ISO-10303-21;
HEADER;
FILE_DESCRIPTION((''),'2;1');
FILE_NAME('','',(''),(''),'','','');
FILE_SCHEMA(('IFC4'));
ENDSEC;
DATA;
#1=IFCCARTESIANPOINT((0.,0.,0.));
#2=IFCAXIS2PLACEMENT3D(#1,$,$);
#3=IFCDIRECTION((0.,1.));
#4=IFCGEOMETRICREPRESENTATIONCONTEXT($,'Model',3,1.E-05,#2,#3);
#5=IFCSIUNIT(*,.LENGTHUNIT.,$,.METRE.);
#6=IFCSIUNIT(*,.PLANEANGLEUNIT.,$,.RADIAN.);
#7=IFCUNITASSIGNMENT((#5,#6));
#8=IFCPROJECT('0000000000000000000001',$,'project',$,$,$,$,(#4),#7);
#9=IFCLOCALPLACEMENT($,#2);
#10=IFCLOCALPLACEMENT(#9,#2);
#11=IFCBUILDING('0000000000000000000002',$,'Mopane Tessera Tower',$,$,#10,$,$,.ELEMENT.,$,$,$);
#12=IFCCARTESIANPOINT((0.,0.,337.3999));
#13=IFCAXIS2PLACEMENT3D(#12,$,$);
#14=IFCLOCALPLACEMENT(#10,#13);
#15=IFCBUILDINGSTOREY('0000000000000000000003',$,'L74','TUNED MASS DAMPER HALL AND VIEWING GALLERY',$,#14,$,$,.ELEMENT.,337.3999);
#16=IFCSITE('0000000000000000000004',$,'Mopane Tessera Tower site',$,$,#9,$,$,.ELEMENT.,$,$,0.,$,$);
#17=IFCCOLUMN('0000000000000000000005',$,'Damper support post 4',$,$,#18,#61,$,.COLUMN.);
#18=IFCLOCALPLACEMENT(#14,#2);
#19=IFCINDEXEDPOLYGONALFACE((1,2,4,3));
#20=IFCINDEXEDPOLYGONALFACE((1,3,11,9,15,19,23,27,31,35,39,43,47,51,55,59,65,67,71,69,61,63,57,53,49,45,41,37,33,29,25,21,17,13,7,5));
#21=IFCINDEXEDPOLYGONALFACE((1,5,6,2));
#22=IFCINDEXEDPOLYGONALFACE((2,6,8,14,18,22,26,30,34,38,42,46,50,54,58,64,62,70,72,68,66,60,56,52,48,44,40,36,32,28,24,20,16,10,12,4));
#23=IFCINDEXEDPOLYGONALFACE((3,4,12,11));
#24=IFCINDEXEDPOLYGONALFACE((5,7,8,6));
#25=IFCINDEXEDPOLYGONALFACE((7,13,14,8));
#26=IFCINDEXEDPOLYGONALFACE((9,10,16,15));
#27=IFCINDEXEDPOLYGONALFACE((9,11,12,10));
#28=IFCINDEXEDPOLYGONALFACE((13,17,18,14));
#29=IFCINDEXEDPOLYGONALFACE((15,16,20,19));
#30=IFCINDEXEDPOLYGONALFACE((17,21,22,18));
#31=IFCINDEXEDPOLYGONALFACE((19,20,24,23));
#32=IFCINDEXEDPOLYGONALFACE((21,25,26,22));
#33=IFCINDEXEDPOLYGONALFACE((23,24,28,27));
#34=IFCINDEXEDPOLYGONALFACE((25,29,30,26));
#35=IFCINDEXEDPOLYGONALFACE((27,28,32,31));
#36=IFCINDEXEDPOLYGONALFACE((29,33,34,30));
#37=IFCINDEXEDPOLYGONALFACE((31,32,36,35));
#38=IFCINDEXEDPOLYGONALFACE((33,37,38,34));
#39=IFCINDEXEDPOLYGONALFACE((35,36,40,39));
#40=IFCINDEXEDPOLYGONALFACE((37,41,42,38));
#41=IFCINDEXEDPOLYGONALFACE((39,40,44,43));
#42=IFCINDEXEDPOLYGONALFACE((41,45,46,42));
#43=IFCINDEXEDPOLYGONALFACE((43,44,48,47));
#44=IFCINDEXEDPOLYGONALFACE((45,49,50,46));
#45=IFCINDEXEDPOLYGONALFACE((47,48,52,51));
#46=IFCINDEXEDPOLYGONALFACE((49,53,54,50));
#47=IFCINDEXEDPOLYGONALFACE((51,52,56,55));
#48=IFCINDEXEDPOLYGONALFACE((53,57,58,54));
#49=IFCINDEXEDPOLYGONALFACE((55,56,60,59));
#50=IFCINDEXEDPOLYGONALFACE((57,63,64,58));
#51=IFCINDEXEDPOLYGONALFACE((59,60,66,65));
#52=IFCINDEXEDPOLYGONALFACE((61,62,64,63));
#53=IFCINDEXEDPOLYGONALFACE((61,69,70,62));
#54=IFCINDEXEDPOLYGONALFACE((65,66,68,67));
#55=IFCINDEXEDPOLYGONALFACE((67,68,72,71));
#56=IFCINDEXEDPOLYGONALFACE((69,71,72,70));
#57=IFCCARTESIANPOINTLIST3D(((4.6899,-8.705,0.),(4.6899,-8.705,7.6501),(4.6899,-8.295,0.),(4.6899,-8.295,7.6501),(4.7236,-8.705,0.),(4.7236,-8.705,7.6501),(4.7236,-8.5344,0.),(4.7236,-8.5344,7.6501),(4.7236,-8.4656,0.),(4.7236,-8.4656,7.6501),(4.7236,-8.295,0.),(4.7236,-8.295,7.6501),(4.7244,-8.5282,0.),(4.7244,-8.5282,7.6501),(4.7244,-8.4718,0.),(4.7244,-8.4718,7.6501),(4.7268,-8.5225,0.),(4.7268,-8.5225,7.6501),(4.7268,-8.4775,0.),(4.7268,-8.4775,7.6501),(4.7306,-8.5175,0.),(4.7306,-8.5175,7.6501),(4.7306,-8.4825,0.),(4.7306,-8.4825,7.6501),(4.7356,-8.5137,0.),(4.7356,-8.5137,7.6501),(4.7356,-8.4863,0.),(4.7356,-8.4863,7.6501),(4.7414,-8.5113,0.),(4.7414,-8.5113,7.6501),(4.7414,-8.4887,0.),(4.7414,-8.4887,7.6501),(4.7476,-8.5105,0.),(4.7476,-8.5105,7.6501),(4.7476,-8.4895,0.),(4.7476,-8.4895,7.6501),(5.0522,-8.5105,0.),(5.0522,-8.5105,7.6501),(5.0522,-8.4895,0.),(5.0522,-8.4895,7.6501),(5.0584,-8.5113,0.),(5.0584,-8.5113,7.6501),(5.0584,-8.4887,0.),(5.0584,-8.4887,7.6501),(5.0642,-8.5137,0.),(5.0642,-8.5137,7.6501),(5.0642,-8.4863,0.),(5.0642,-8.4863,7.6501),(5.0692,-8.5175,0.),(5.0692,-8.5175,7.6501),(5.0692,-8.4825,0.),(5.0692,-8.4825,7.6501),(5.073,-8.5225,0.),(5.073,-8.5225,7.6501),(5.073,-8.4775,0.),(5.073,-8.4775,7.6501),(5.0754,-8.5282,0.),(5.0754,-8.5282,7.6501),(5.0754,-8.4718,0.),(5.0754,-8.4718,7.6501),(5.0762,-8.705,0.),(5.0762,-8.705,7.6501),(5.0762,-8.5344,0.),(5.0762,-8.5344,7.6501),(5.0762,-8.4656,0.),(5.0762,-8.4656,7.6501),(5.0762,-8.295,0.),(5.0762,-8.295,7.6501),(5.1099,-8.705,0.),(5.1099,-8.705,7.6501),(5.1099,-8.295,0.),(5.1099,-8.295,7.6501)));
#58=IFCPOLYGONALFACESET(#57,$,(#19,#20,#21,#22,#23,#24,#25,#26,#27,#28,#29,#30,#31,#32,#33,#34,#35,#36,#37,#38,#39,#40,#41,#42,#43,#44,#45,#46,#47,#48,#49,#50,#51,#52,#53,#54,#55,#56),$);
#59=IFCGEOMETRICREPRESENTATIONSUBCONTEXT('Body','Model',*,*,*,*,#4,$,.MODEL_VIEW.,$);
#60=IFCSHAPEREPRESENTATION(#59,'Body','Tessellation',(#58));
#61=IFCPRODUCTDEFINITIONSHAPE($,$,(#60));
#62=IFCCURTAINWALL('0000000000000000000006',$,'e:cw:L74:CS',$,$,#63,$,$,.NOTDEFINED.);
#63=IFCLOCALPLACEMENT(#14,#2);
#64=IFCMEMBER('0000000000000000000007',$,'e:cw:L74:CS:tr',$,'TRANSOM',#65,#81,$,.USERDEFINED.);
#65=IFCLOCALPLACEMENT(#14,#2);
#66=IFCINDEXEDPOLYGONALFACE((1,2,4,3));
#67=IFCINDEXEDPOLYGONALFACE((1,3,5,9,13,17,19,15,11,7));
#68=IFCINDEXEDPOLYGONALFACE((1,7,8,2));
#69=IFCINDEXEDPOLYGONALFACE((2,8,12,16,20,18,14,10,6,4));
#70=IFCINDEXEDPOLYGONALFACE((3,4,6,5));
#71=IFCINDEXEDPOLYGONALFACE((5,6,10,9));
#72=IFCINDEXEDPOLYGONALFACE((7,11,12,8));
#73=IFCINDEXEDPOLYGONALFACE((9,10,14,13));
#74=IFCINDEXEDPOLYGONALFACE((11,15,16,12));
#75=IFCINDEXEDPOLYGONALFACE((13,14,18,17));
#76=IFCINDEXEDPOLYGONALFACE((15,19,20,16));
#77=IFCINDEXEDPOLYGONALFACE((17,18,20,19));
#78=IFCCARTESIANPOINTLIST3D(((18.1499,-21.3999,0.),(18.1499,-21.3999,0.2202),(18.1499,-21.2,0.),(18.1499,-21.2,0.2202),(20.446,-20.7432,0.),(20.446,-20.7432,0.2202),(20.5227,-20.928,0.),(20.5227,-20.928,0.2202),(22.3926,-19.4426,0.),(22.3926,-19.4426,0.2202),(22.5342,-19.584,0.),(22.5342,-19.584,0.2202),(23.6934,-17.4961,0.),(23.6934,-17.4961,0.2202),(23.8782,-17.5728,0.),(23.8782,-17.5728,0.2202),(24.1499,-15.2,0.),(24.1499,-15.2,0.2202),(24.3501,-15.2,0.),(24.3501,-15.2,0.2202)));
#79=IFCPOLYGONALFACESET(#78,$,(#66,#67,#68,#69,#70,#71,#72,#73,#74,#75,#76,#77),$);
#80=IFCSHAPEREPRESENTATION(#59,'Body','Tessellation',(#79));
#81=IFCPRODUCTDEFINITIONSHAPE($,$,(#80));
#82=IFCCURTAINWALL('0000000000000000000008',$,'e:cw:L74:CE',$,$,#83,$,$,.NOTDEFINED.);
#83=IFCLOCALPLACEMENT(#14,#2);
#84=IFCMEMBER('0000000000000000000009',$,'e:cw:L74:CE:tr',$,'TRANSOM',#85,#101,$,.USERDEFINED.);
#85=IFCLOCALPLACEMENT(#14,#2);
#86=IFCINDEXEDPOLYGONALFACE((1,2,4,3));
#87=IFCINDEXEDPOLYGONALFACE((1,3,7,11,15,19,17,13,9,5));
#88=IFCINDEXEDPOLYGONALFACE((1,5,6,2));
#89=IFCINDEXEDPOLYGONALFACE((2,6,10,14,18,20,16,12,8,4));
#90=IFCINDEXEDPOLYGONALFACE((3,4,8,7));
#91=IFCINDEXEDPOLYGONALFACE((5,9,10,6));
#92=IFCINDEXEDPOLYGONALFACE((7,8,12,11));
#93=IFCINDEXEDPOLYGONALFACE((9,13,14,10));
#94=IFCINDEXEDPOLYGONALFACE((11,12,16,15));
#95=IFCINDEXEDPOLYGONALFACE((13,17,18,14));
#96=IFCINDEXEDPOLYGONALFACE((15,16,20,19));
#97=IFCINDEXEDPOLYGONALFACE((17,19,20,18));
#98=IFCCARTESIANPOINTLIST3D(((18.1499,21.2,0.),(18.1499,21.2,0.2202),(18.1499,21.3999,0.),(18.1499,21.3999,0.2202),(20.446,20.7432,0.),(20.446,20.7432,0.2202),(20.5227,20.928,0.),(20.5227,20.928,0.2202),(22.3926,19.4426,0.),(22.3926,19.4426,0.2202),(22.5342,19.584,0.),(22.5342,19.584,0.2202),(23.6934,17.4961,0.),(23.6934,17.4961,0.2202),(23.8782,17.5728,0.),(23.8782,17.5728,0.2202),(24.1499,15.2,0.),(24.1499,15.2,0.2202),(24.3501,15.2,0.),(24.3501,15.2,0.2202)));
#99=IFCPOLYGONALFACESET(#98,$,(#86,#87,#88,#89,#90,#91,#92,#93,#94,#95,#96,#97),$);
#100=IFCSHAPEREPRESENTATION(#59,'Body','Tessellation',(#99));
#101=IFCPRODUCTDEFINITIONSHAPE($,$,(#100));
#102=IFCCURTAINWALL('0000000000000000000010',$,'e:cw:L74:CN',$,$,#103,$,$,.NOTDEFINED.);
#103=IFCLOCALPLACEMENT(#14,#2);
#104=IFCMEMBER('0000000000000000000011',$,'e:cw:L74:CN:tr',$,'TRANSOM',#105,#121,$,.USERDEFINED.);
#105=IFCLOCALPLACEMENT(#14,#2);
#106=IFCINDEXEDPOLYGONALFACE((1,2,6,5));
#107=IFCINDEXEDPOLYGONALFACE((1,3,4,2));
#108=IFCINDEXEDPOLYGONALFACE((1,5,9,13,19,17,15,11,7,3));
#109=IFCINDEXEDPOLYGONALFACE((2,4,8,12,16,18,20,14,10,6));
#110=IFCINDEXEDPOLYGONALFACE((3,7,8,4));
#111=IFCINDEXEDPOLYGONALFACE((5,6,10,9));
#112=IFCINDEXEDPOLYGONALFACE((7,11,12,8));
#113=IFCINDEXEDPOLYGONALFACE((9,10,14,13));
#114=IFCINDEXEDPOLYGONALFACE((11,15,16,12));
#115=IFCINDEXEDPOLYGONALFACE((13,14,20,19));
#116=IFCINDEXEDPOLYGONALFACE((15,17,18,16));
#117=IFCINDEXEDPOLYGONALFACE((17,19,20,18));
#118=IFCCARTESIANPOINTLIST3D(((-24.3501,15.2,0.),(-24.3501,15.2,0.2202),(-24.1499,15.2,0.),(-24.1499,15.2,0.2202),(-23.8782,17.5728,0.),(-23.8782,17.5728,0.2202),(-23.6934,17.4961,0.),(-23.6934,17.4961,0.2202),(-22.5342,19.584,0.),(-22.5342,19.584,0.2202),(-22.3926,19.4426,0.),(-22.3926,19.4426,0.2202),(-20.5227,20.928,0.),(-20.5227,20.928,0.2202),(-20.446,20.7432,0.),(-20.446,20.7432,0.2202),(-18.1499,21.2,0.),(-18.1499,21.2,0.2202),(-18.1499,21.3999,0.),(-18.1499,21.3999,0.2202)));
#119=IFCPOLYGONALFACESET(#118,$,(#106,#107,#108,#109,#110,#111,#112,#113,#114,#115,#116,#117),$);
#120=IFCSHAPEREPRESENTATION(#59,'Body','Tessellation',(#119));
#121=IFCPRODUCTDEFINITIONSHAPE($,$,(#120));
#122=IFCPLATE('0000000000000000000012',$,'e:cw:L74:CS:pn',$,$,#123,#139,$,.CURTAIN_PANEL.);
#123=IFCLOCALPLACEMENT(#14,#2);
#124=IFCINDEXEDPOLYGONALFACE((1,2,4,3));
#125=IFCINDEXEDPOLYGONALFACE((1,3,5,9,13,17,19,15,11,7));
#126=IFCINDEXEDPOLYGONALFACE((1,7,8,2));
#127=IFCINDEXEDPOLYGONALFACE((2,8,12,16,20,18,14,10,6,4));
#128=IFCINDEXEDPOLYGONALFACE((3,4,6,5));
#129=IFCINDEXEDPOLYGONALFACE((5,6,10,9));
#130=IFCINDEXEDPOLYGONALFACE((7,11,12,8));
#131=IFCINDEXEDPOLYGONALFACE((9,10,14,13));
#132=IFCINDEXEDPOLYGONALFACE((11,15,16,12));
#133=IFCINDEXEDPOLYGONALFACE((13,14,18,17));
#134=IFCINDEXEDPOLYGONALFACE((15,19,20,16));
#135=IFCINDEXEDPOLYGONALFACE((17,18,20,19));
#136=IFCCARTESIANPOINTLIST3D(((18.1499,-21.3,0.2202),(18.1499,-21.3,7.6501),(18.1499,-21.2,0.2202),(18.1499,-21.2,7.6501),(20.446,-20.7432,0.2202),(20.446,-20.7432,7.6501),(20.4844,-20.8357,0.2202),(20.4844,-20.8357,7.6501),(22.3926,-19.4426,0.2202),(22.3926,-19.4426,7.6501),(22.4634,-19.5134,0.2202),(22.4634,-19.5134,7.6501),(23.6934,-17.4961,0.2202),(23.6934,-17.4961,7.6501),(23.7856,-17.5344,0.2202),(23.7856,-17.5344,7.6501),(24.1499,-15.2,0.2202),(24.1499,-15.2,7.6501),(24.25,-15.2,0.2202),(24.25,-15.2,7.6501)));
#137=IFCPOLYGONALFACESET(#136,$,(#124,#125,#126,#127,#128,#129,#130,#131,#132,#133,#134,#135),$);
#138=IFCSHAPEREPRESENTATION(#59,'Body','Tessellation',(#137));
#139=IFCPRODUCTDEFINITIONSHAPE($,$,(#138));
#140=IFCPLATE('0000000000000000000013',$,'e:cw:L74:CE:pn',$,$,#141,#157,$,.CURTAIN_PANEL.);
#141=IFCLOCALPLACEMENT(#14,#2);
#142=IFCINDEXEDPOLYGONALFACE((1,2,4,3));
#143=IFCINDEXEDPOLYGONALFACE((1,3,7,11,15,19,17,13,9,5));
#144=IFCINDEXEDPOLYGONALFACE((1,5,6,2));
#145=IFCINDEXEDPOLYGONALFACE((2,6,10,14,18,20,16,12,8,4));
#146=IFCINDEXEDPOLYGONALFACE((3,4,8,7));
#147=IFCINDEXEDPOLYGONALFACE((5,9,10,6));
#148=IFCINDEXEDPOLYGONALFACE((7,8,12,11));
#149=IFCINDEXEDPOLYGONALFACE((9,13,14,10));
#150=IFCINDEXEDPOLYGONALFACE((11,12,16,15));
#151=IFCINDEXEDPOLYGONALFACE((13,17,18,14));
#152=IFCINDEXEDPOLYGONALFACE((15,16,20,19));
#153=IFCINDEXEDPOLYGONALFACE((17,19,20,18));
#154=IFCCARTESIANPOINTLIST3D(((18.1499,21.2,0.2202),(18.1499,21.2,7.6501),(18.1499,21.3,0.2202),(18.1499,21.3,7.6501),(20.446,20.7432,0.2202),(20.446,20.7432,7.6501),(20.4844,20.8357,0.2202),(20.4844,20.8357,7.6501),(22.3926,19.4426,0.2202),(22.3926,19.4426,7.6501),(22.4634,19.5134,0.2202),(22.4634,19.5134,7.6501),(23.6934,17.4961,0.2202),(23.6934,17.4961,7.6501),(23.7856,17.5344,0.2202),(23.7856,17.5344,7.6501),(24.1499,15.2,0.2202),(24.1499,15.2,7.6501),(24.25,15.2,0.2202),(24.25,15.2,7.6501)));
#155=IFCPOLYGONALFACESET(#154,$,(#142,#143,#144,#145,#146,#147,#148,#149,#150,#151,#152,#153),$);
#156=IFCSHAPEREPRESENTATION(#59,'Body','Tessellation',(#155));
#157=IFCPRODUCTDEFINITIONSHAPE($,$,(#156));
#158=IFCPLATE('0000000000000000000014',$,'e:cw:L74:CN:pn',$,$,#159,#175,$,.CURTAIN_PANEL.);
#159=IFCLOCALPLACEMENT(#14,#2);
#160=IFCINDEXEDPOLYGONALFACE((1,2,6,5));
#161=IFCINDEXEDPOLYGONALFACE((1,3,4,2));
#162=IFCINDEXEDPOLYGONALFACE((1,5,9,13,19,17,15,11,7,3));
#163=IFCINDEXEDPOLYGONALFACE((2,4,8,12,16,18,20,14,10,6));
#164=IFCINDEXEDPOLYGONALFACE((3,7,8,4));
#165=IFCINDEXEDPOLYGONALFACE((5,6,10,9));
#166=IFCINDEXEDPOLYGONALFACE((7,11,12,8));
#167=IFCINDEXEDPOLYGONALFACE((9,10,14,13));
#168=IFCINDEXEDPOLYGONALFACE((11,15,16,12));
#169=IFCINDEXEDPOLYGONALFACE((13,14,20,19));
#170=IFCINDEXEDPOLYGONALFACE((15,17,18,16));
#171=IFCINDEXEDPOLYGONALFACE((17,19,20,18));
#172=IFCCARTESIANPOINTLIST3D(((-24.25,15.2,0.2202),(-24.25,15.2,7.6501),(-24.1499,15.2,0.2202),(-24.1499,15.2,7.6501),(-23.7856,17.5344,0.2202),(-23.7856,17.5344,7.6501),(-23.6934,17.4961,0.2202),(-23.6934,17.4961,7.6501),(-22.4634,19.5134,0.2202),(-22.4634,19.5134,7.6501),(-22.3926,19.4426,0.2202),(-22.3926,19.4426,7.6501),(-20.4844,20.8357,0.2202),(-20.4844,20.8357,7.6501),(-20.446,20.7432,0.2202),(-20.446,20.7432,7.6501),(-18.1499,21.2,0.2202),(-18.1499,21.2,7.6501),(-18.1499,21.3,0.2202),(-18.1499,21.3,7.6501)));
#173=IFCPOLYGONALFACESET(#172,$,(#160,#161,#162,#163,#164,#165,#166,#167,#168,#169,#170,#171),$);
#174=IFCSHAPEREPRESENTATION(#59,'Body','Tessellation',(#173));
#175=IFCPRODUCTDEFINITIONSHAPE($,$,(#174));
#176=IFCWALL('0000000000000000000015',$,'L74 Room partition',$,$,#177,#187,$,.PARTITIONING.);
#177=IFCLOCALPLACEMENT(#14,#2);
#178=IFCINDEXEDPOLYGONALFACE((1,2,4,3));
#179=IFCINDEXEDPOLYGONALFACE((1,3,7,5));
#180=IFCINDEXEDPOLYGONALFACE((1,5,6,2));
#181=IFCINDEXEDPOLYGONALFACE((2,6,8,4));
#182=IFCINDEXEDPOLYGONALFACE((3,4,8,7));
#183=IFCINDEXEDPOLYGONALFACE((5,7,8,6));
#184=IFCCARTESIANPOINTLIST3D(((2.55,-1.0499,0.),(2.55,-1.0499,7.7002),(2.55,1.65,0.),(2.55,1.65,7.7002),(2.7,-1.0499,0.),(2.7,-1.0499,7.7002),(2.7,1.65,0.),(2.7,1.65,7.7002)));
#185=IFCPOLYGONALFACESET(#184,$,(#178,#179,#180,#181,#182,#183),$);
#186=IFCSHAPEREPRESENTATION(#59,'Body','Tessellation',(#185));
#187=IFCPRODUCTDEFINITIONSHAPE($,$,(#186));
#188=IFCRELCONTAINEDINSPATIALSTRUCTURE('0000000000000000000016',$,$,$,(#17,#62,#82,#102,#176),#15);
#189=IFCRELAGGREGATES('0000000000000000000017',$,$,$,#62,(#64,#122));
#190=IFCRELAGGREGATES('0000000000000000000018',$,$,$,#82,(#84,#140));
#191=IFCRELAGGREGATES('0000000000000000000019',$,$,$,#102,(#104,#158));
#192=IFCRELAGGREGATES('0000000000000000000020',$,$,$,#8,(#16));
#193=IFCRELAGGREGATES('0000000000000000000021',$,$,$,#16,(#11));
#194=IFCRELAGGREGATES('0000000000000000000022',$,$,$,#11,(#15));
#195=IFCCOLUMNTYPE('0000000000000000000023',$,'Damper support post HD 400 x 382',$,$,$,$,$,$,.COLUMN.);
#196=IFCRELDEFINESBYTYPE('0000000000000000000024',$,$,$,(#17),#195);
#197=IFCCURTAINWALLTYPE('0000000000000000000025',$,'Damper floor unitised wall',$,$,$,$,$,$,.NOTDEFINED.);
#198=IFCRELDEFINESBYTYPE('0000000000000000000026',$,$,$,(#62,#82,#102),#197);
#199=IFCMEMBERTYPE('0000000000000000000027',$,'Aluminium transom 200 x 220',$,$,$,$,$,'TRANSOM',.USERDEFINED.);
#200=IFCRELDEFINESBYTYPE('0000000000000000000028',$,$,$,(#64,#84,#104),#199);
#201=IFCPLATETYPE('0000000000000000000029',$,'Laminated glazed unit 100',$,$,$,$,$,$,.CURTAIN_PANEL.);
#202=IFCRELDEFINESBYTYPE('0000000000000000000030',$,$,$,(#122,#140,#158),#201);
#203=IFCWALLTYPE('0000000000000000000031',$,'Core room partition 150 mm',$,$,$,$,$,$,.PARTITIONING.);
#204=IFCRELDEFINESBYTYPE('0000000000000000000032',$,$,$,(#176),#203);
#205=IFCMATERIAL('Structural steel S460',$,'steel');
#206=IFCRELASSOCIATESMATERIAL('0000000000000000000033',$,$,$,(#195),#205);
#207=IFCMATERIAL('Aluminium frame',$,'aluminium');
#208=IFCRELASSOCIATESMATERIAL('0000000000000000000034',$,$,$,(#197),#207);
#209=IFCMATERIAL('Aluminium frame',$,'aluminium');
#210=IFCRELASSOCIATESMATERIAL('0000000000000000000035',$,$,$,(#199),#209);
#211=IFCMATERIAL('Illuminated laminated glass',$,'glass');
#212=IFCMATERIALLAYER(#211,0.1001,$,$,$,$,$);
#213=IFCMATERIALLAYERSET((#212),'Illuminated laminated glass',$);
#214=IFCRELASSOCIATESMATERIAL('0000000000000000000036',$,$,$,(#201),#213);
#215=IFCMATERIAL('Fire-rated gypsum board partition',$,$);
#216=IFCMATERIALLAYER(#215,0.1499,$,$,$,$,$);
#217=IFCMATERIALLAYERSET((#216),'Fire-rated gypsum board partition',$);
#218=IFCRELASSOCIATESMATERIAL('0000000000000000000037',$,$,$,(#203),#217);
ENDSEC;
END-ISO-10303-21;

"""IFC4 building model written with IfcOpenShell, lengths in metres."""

from ifc_helpers import new_model, si_unit, direction, frame, frame_2d, origin, origin_2d, place, context, subcontext, project, spatial, polyline, rectangle, i_section, outline, extrude, material, layer, layer_set, material_profile, profile_set, type_object, element, aggregate, save


model = new_model("IFC4")

# Units and contexts
model_context = context("Model", 3, precision=1e-05, world=origin(), true_north=direction((0.0, 1.0)))
body_context = subcontext(model_context, "Body", "Model", "MODEL_VIEW")
ifc_project = project(units=[si_unit("LENGTHUNIT", "METRE"), si_unit("PLANEANGLEUNIT", "RADIAN")], contexts=[model_context])

# Site, building, storey
site_placement = place(None, origin())
site = spatial("IfcSite", under=ifc_project, at=site_placement, Name="Mopane Tessera Tower site", CompositionType="ELEMENT", RefElevation=0.0)
building_placement = place(site_placement, origin())
building = spatial("IfcBuilding", under=site, at=building_placement, Name="Mopane Tessera Tower", CompositionType="ELEMENT")
storey_placement = place(building_placement, frame((0.0, 0.0, 337.3999)))
storey = spatial("IfcBuildingStorey", under=building, at=storey_placement, Name="L74", Description="TUNED MASS DAMPER HALL AND VIEWING GALLERY", CompositionType="ELEMENT", Elevation=337.3999)

# Column
ifc_material_1 = material(Name="Structural steel S460", Category="steel")
ifc_material_profile_1 = material_profile(ifc_material_1, i_section(OverallWidth=0.4099, OverallDepth=0.4199, WebThickness=0.021, FlangeThickness=0.0337, FilletRadius=0.0239, at=origin_2d()))
ifc_profile_set_1 = profile_set([ifc_material_profile_1], Name="Structural steel S460")
column_type = type_object("IfcColumnType", Name="Damper support post HD 400 x 382", PredefinedType="COLUMN", material=ifc_profile_set_1)
column_placement = place(storey_placement, frame((4.8999, -8.5, 0.0), z_axis=(0.0, 0.0, 1.0), x_axis=(0.0, 1.0, 0.0)))
element("IfcColumn", 1, at=column_placement, inside=storey, type_object=column_type, Name="Damper support post 4", PredefinedType="COLUMN", context=body_context, shape_type="SweptSolid", body=[
    extrude(i_section(OverallWidth=0.4099, OverallDepth=0.4199, WebThickness=0.021, FlangeThickness=0.0337, FilletRadius=0.0239, at=origin_2d()), origin(), (0.0, 0.0, 1.0), 7.6501),
])

# Curtain walls, members
ifc_material_2 = material(Name="Aluminium frame", Category="aluminium")
curtain_wall_type = type_object("IfcCurtainWallType", Name="Damper floor unitised wall", PredefinedType="NOTDEFINED", material=ifc_material_2)
curtain_wall_1_placement = place(storey_placement, origin())
curtain_wall_1 = element("IfcCurtainWall", 2, at=curtain_wall_1_placement, inside=storey, type_object=curtain_wall_type, Name="e:cw:L74:CS", PredefinedType="NOTDEFINED")
ifc_material_3 = material(Name="Aluminium frame", Category="aluminium")
ifc_material_profile_2 = material_profile(ifc_material_3, rectangle(XDim=0.2, YDim=0.22, at=origin_2d()))
ifc_profile_set_2 = profile_set([ifc_material_profile_2], Name="Aluminium frame")
member_type = type_object("IfcMemberType", Name="Aluminium transom 200 x 220", ElementType="TRANSOM", PredefinedType="USERDEFINED", material=ifc_profile_set_2)
member_1_placement = place(storey_placement, origin())
member_1 = element("IfcMember", 3, at=member_1_placement, type_object=member_type, Name="e:cw:L74:CS:tr", ObjectType="TRANSOM", PredefinedType="USERDEFINED", context=body_context, shape_type="SweptSolid", body=[
    extrude(outline(polyline([(18.1499, -21.2), (20.446, -20.7432), (22.3926, -19.4426), (23.6934, -17.4961), (24.1499, -15.2), (24.3501, -15.2), (23.8782, -17.5728), (22.5342, -19.584), (20.5227, -20.928), (18.1499, -21.3999), (18.1499, -21.2)])), origin(), (0.0, 0.0, 1.0), 0.2202),
])
curtain_wall_2_placement = place(storey_placement, origin())
curtain_wall_2 = element("IfcCurtainWall", 4, at=curtain_wall_2_placement, inside=storey, type_object=curtain_wall_type, Name="e:cw:L74:CE", PredefinedType="NOTDEFINED")
member_2_placement = place(storey_placement, origin())
member_2 = element("IfcMember", 5, at=member_2_placement, type_object=member_type, Name="e:cw:L74:CE:tr", ObjectType="TRANSOM", PredefinedType="USERDEFINED", context=body_context, shape_type="SweptSolid", body=[
    extrude(outline(polyline([(24.1499, 15.2), (23.6934, 17.4961), (22.3926, 19.4426), (20.446, 20.7432), (18.1499, 21.2), (18.1499, 21.3999), (20.5227, 20.928), (22.5342, 19.584), (23.8782, 17.5728), (24.3501, 15.2), (24.1499, 15.2)])), origin(), (0.0, 0.0, 1.0), 0.2202),
])
curtain_wall_3_placement = place(storey_placement, origin())
curtain_wall_3 = element("IfcCurtainWall", 6, at=curtain_wall_3_placement, inside=storey, type_object=curtain_wall_type, Name="e:cw:L74:CN", PredefinedType="NOTDEFINED")
member_3_placement = place(storey_placement, origin())
member_3 = element("IfcMember", 7, at=member_3_placement, type_object=member_type, Name="e:cw:L74:CN:tr", ObjectType="TRANSOM", PredefinedType="USERDEFINED", context=body_context, shape_type="SweptSolid", body=[
    extrude(outline(polyline([(-18.1499, 21.2), (-20.446, 20.7432), (-22.3926, 19.4426), (-23.6934, 17.4961), (-24.1499, 15.2), (-24.3501, 15.2), (-23.8782, 17.5728), (-22.5342, 19.584), (-20.5227, 20.928), (-18.1499, 21.3999), (-18.1499, 21.2)])), origin(), (0.0, 0.0, 1.0), 0.2202),
])

# Plates
ifc_material_4 = material(Name="Illuminated laminated glass", Category="glass")
ifc_layer_1 = layer(ifc_material_4, 0.1001)
ifc_layer_set_1 = layer_set([ifc_layer_1], Name="Illuminated laminated glass")
plate_type = type_object("IfcPlateType", Name="Laminated glazed unit 100", PredefinedType="CURTAIN_PANEL", material=ifc_layer_set_1)
plate_1_placement = place(storey_placement, frame((0.0, 0.0, 0.2202)))
plate_1 = element("IfcPlate", 8, at=plate_1_placement, type_object=plate_type, Name="e:cw:L74:CS:pn", PredefinedType="CURTAIN_PANEL", context=body_context, shape_type="SweptSolid", body=[
    extrude(outline(polyline([(18.1499, -21.2), (20.446, -20.7432), (22.3926, -19.4426), (23.6934, -17.4961), (24.1499, -15.2), (24.25, -15.2), (23.7856, -17.5344), (22.4634, -19.5134), (20.4844, -20.8357), (18.1499, -21.3), (18.1499, -21.2)])), origin(), (0.0, 0.0, 1.0), 7.4299),
])
aggregate(curtain_wall_1, [member_1, plate_1])
plate_2_placement = place(storey_placement, frame((0.0, 0.0, 0.2202)))
plate_2 = element("IfcPlate", 9, at=plate_2_placement, type_object=plate_type, Name="e:cw:L74:CE:pn", PredefinedType="CURTAIN_PANEL", context=body_context, shape_type="SweptSolid", body=[
    extrude(outline(polyline([(24.1499, 15.2), (23.6934, 17.4961), (22.3926, 19.4426), (20.446, 20.7432), (18.1499, 21.2), (18.1499, 21.3), (20.4844, 20.8357), (22.4634, 19.5134), (23.7856, 17.5344), (24.25, 15.2), (24.1499, 15.2)])), origin(), (0.0, 0.0, 1.0), 7.4299),
])
aggregate(curtain_wall_2, [member_2, plate_2])
plate_3_placement = place(storey_placement, frame((0.0, 0.0, 0.2202)))
plate_3 = element("IfcPlate", 10, at=plate_3_placement, type_object=plate_type, Name="e:cw:L74:CN:pn", PredefinedType="CURTAIN_PANEL", context=body_context, shape_type="SweptSolid", body=[
    extrude(outline(polyline([(-18.1499, 21.2), (-20.446, 20.7432), (-22.3926, 19.4426), (-23.6934, 17.4961), (-24.1499, 15.2), (-24.25, 15.2), (-23.7856, 17.5344), (-22.4634, 19.5134), (-20.4844, 20.8357), (-18.1499, 21.3), (-18.1499, 21.2)])), origin(), (0.0, 0.0, 1.0), 7.4299),
])
aggregate(curtain_wall_3, [member_3, plate_3])

# Wall
ifc_material_5 = material(Name="Fire-rated gypsum board partition")
ifc_layer_2 = layer(ifc_material_5, 0.1499)
ifc_layer_set_2 = layer_set([ifc_layer_2], Name="Fire-rated gypsum board partition")
wall_type_1 = type_object("IfcWallType", Name="Core room partition 150 mm", PredefinedType="PARTITIONING", material=ifc_layer_set_2)
for number, where, z_axis, x_axis, name in (
    (11, (2.625, -1.05, 0.0), (0.0, 0.0, 1.0), (0.0, 1.0, 0.0), "L74 Room partition"),
):
    element("IfcWall", number, at=place(storey_placement, frame(where, z_axis=z_axis, x_axis=x_axis)), inside=storey, type_object=wall_type_1, Name=name, PredefinedType="PARTITIONING", context=body_context, shape_type="SweptSolid", body=[
        extrude(rectangle(XDim=2.7, YDim=0.1499, at=frame_2d((1.3501, 0.0))), origin(), (0.0, 0.0, 1.0), 7.7002),
    ])

save(model, "model.ifc")
